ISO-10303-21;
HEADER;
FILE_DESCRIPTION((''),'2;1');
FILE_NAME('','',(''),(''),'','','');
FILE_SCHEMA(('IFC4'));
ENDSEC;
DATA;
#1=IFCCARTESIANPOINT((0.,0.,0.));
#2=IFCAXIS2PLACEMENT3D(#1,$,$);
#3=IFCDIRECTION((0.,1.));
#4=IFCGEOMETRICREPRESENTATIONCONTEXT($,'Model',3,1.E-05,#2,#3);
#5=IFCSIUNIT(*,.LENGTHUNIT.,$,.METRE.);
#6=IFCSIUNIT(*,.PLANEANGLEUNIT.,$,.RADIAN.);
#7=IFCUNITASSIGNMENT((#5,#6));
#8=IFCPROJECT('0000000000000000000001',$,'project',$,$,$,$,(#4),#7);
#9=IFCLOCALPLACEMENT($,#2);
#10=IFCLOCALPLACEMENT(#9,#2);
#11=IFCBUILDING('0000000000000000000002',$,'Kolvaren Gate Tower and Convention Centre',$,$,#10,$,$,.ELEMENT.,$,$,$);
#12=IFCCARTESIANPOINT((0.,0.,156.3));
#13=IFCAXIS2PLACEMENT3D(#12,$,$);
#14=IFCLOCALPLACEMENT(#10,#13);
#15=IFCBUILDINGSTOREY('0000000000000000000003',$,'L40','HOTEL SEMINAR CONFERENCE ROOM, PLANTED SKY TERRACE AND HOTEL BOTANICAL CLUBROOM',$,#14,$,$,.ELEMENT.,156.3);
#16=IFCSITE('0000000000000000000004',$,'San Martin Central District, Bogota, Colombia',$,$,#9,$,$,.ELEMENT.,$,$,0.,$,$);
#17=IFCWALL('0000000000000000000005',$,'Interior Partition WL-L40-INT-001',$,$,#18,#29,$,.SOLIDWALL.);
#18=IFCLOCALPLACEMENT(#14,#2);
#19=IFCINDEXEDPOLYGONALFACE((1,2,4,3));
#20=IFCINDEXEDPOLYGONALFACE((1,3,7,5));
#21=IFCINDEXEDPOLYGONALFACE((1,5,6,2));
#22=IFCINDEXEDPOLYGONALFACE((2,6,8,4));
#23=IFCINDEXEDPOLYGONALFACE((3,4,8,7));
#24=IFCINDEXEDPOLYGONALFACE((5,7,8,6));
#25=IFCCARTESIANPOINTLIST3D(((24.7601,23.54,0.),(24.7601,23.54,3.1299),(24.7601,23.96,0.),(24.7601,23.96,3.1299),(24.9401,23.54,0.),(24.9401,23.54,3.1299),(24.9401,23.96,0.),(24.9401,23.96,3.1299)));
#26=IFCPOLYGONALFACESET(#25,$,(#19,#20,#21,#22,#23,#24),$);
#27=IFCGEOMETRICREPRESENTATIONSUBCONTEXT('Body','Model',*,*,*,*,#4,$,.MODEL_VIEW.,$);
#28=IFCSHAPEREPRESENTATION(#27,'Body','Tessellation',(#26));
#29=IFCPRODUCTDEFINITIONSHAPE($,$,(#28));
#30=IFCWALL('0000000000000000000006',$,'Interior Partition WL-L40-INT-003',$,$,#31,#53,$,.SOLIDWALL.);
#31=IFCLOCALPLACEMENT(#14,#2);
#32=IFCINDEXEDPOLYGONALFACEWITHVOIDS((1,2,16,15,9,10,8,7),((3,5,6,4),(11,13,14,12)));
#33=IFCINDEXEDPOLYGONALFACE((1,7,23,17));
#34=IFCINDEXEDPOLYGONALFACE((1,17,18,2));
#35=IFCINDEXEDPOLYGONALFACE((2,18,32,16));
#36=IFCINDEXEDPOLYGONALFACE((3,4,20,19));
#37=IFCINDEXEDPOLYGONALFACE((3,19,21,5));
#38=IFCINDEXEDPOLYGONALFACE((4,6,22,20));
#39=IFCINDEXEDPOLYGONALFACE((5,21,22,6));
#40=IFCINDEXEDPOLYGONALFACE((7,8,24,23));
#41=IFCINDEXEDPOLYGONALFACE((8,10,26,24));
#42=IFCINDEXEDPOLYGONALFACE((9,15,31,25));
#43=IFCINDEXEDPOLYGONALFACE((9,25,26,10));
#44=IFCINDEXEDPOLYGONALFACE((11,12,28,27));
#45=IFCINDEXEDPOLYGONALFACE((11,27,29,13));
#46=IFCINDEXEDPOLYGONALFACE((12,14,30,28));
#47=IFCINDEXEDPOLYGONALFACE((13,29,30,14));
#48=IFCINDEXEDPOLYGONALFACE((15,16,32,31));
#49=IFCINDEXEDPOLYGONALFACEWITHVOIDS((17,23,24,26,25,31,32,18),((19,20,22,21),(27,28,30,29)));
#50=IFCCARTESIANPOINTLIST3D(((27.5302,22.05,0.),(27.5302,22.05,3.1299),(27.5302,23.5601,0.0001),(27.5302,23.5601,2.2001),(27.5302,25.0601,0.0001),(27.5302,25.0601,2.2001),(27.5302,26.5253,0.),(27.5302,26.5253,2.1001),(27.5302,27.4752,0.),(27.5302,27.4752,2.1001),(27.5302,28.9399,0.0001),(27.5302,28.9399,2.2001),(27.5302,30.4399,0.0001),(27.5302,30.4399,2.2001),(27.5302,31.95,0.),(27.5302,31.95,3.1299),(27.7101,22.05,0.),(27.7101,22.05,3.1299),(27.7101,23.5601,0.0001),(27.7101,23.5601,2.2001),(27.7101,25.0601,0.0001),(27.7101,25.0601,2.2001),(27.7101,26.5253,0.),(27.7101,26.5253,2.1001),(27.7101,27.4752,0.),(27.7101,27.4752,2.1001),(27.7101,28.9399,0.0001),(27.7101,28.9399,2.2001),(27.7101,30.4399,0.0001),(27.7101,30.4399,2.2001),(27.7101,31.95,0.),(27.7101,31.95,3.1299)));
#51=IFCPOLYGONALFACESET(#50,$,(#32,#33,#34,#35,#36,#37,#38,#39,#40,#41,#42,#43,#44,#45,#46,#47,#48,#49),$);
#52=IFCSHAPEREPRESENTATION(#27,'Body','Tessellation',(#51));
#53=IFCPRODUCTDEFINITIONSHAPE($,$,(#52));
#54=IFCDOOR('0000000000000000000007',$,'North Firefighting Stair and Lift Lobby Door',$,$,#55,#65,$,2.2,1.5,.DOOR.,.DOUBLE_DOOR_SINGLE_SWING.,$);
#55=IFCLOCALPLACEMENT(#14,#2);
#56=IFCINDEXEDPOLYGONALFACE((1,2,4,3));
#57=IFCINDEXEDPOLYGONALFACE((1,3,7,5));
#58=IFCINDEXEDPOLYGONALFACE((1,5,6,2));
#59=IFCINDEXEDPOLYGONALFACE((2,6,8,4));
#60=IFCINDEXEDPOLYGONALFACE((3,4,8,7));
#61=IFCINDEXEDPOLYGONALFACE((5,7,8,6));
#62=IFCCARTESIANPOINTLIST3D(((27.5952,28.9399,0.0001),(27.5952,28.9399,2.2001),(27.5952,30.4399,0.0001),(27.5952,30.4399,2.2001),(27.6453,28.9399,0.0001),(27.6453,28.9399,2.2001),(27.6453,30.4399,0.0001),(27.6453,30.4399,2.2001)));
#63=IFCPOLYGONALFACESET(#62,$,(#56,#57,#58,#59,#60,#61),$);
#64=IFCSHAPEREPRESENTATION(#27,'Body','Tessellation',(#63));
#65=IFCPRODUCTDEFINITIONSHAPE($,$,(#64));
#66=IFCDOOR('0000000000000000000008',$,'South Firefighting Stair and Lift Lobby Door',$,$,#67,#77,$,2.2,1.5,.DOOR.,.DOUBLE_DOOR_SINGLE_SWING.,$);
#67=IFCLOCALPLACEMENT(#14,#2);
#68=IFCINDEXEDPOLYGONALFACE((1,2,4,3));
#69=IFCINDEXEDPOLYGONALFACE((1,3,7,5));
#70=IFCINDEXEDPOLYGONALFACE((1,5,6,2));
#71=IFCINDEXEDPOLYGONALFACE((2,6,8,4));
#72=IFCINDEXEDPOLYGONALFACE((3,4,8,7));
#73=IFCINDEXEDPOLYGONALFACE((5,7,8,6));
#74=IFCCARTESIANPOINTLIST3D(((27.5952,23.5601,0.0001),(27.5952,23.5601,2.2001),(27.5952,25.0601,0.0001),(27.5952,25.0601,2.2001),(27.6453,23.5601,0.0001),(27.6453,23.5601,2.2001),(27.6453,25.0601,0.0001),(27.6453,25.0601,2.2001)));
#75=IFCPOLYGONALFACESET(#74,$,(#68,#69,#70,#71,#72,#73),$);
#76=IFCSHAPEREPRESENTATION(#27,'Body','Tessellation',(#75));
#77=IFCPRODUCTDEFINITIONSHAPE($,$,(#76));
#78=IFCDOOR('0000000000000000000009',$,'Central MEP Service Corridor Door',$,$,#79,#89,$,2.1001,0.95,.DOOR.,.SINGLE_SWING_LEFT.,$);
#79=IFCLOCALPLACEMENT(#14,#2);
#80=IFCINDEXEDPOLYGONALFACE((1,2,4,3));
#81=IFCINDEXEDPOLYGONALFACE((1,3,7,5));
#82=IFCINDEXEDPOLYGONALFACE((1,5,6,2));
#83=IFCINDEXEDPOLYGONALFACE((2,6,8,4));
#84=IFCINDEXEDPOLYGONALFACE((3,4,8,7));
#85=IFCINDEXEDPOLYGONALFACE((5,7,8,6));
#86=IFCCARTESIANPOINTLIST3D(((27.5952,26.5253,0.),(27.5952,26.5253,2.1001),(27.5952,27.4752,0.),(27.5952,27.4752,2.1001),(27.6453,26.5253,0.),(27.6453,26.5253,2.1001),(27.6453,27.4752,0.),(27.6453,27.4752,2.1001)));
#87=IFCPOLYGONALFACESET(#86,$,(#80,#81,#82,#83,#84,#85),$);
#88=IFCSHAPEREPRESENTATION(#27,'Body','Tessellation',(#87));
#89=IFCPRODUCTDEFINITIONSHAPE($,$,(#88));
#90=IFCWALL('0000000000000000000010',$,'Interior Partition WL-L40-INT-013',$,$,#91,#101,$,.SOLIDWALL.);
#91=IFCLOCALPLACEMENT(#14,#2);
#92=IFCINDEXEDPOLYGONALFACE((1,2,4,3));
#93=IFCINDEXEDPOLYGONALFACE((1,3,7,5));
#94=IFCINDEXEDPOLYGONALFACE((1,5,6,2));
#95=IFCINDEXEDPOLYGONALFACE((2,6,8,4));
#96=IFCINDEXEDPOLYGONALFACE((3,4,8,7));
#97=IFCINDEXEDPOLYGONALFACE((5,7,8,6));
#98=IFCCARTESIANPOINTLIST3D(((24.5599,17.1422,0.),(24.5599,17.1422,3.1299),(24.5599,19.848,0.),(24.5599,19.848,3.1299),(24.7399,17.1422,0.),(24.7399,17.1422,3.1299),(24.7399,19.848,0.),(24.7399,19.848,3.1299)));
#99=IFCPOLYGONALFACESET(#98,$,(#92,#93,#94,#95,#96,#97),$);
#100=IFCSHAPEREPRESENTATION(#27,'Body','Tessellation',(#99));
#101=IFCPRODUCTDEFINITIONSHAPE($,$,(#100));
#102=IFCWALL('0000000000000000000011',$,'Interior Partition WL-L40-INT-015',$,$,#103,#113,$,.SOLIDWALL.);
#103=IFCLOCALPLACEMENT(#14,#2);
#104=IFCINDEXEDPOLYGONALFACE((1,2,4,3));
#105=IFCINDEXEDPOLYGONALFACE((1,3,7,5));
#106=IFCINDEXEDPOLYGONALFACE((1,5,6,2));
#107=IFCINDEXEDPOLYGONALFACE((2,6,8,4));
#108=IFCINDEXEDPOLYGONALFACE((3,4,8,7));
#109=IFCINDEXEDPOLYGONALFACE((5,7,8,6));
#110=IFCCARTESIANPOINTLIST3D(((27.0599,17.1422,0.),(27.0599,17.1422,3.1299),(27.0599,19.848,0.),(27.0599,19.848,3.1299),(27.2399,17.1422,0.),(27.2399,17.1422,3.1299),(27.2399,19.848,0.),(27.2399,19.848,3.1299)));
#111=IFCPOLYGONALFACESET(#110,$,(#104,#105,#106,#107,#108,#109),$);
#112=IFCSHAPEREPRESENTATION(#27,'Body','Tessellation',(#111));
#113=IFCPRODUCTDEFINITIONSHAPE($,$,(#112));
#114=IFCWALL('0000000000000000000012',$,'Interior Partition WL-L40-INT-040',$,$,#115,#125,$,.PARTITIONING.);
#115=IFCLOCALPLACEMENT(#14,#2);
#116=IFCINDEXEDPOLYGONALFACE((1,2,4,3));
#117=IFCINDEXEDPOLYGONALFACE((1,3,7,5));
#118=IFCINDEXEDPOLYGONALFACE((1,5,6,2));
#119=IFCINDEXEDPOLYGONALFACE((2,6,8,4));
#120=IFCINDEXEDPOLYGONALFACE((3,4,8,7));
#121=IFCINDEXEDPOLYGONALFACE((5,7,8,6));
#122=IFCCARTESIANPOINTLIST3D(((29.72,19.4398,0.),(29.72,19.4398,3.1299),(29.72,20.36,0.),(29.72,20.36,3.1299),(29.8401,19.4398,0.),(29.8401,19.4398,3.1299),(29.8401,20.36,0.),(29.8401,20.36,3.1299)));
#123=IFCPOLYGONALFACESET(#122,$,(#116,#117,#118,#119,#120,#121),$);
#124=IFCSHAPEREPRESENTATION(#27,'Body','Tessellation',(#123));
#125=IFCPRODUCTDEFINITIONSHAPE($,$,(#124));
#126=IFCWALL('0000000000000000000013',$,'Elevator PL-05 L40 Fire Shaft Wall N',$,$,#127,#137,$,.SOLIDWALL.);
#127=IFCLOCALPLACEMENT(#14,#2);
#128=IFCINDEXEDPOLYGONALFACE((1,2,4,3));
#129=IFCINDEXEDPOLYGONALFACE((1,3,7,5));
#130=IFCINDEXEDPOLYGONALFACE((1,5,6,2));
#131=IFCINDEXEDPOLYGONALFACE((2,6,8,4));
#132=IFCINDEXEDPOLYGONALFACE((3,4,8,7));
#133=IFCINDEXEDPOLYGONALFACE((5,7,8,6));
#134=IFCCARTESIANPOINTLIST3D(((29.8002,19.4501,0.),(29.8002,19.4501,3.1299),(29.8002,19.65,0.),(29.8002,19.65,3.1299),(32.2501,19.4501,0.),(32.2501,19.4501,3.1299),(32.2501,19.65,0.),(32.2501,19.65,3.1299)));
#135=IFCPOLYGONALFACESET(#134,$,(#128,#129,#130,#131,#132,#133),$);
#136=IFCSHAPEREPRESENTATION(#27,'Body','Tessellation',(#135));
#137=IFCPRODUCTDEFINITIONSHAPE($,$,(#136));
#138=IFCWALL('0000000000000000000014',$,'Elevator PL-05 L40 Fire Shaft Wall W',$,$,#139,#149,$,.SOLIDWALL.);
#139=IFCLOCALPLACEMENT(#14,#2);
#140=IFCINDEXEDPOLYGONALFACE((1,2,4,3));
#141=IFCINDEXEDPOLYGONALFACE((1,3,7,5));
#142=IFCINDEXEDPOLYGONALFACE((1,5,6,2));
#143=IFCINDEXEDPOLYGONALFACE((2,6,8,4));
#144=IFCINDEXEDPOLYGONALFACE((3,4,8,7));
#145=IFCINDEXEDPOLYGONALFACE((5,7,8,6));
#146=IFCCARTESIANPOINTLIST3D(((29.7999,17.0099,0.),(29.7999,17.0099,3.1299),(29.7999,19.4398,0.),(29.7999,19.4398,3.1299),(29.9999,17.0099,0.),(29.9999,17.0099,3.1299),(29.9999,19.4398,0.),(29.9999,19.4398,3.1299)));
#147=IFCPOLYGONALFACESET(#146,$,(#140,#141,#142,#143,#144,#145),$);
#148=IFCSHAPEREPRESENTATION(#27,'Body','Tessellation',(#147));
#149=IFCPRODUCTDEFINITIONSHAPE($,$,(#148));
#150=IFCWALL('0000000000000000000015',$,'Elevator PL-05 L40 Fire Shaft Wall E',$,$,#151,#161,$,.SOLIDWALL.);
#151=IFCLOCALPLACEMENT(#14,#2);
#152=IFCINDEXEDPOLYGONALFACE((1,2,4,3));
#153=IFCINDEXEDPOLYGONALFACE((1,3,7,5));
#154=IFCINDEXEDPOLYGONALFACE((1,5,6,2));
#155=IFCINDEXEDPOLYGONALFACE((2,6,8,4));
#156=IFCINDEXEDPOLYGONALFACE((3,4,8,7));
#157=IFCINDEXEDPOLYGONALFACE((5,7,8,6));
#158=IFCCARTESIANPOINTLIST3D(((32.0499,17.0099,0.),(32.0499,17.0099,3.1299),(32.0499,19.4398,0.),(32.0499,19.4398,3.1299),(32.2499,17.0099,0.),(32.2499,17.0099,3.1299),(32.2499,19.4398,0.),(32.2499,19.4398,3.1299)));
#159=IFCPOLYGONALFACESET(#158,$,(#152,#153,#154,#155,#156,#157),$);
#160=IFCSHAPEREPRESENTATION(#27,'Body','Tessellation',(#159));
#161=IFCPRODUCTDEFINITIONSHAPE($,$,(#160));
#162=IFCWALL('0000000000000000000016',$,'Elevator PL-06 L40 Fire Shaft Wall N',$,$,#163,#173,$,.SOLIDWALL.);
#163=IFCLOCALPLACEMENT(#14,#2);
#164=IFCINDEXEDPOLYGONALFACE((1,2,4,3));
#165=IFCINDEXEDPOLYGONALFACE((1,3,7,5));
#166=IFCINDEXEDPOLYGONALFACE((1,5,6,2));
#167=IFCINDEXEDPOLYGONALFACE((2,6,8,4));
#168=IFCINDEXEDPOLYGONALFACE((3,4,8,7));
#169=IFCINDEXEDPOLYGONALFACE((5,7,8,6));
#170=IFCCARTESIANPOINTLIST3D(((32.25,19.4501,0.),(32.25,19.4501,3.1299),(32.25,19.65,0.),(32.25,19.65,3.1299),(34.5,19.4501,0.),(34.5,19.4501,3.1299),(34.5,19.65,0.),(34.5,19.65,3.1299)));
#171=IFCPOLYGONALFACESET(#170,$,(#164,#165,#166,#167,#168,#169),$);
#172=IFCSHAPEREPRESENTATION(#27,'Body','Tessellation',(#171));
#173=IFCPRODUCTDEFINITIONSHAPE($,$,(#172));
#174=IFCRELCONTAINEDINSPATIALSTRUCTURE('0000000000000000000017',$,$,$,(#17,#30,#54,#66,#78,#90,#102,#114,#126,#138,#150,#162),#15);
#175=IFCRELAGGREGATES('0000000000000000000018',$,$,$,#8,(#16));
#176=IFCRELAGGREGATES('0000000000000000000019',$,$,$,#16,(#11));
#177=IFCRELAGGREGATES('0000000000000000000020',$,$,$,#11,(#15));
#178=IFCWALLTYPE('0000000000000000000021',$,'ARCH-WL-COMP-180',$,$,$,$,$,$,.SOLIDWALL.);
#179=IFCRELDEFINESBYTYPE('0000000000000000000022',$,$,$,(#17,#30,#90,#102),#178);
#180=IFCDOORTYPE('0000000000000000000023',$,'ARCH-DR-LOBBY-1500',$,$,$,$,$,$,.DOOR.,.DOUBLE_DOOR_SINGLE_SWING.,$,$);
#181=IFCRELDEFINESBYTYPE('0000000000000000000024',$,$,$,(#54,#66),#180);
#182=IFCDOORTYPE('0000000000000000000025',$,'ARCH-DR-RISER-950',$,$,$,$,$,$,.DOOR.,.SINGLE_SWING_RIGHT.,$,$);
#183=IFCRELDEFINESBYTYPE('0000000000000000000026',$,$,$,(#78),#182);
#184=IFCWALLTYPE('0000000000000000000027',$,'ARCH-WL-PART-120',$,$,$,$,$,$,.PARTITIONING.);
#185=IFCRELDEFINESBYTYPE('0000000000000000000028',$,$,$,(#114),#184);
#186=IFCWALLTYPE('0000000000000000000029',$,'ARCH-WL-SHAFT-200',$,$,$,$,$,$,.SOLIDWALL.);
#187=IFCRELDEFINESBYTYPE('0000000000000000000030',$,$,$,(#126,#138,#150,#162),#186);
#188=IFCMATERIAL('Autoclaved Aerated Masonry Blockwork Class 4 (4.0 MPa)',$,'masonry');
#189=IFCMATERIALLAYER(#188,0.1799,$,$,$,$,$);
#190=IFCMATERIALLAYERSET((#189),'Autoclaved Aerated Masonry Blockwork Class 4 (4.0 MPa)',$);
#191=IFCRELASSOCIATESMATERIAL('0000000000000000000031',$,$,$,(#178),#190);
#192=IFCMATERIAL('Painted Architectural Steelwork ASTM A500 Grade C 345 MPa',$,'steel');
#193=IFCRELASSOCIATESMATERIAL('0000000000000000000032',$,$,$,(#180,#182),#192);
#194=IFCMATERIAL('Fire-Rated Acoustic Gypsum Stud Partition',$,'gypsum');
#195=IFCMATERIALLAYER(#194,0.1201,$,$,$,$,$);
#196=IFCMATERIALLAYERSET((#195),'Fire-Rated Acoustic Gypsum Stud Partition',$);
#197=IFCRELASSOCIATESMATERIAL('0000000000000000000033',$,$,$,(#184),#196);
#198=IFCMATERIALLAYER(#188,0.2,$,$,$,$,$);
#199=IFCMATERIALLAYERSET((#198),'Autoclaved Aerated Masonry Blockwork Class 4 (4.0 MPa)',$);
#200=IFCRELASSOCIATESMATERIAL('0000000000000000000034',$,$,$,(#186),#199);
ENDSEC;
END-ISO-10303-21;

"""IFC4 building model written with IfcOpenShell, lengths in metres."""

from ifc_helpers import new_model, si_unit, direction, frame, frame_2d, origin, place, context, subcontext, project, spatial, rectangle, extrude, material, layer, layer_set, type_object, element, fill, save


model = new_model("IFC4")

# Units and contexts
model_context = context("Model", 3, precision=1e-05, world=origin(), true_north=direction((0.0, 1.0)))
body_context = subcontext(model_context, "Body", "Model", "MODEL_VIEW")
ifc_project = project(units=[si_unit("LENGTHUNIT", "METRE"), si_unit("PLANEANGLEUNIT", "RADIAN")], contexts=[model_context])

# Site, building, storey
site_placement = place(None, origin())
site = spatial("IfcSite", under=ifc_project, at=site_placement, Name="San Martin Central District, Bogota, Colombia", CompositionType="ELEMENT", RefElevation=0.0)
building_placement = place(site_placement, origin())
building = spatial("IfcBuilding", under=site, at=building_placement, Name="Kolvaren Gate Tower and Convention Centre", CompositionType="ELEMENT")
storey_placement = place(building_placement, frame((0.0, 0.0, 156.3)))
storey = spatial("IfcBuildingStorey", under=building, at=storey_placement, Name="L40", Description="HOTEL SEMINAR CONFERENCE ROOM, PLANTED SKY TERRACE AND HOTEL BOTANICAL CLUBROOM", CompositionType="ELEMENT", Elevation=156.3)

# Wall
ifc_material_1 = material(Name="Autoclaved Aerated Masonry Blockwork Class 4 (4.0 MPa)", Category="masonry")
ifc_layer_1 = layer(ifc_material_1, 0.1799)
ifc_layer_set_1 = layer_set([ifc_layer_1], Name="Autoclaved Aerated Masonry Blockwork Class 4 (4.0 MPa)")
wall_type_1 = type_object("IfcWallType", Name="ARCH-WL-COMP-180", PredefinedType="SOLIDWALL", material=ifc_layer_set_1)
wall_1_placement = place(storey_placement, frame((24.8501, 23.54, 0.0), z_axis=(0.0, 0.0, 1.0), x_axis=(0.0, 1.0, 0.0)))
element("IfcWall", 1, at=wall_1_placement, inside=storey, type_object=wall_type_1, Name="Interior Partition WL-L40-INT-001", PredefinedType="SOLIDWALL", context=body_context, shape_type="SweptSolid", body=[
    extrude(rectangle(XDim=0.4199, YDim=0.1799, at=frame_2d((0.21, 0.0))), origin(), (0.0, 0.0, 1.0), 3.1299),
])

# Wall, openings, doors
wall_2_placement = place(storey_placement, frame((27.6201, 22.05, 0.0), z_axis=(0.0, 0.0, 1.0), x_axis=(0.0, 1.0, 0.0)))
wall_2 = element("IfcWall", 2, at=wall_2_placement, inside=storey, type_object=wall_type_1, Name="Interior Partition WL-L40-INT-003", PredefinedType="SOLIDWALL", context=body_context, shape_type="SweptSolid", body=[
    extrude(rectangle(XDim=9.8999, YDim=0.1799, at=frame_2d((4.95, 0.0))), origin(), (0.0, 0.0, 1.0), 3.1299),
])
opening_1_placement = place(wall_2_placement, frame((4.4751, 0.0, 0.0)))
opening_1 = element("IfcOpeningElement", 3, at=opening_1_placement, cuts=wall_2, PredefinedType="OPENING", context=body_context, shape_type="SweptSolid", body=[
    extrude(rectangle(XDim=0.95, YDim=2.1001, at=frame_2d((0.4751, 1.05))), frame((0.0, 0.0999, 0.0), z_axis=(0.0, -1.0, 0.0), x_axis=(1.0, 0.0, 0.0)), (0.0, 0.0, 1.0), 0.2),
])
opening_2_placement = place(wall_2_placement, frame((6.8899, 0.0, 0.0)))
opening_2 = element("IfcOpeningElement", 4, at=opening_2_placement, cuts=wall_2, PredefinedType="OPENING", context=body_context, shape_type="SweptSolid", body=[
    extrude(rectangle(XDim=1.5, YDim=2.2, at=frame_2d((0.75, 1.1001))), frame((0.0, 0.0999, 0.0), z_axis=(0.0, -1.0, 0.0), x_axis=(1.0, 0.0, 0.0)), (0.0, 0.0, 1.0), 0.2),
])
opening_3_placement = place(wall_2_placement, frame((1.51, 0.0, 0.0)))
opening_3 = element("IfcOpeningElement", 5, at=opening_3_placement, cuts=wall_2, PredefinedType="OPENING", context=body_context, shape_type="SweptSolid", body=[
    extrude(rectangle(XDim=1.5, YDim=2.2, at=frame_2d((0.75, 1.1001))), frame((0.0, 0.0999, 0.0), z_axis=(0.0, -1.0, 0.0), x_axis=(1.0, 0.0, 0.0)), (0.0, 0.0, 1.0), 0.2),
])
ifc_material_2 = material(Name="Painted Architectural Steelwork ASTM A500 Grade C 345 MPa", Category="steel")
door_type_1 = type_object("IfcDoorType", Name="ARCH-DR-LOBBY-1500", OperationType="DOUBLE_DOOR_SINGLE_SWING", PredefinedType="DOOR", material=ifc_material_2)
door_1_placement = place(opening_2_placement, origin())
door_1 = element("IfcDoor", 6, at=door_1_placement, inside=storey, type_object=door_type_1, Name="North Firefighting Stair and Lift Lobby Door", OperationType="DOUBLE_DOOR_SINGLE_SWING", OverallHeight=2.2, OverallWidth=1.5, PredefinedType="DOOR", context=body_context, shape_type="SweptSolid", body=[
    extrude(rectangle(XDim=1.5, YDim=2.2, at=frame_2d((0.75, 1.1001))), frame((0.0, 0.0249, 0.0), z_axis=(0.0, -1.0, 0.0), x_axis=(1.0, 0.0, 0.0)), (0.0, 0.0, 1.0), 0.05),
])
fill(opening_2, door_1)
door_2_placement = place(opening_3_placement, origin())
door_2 = element("IfcDoor", 7, at=door_2_placement, inside=storey, type_object=door_type_1, Name="South Firefighting Stair and Lift Lobby Door", OperationType="DOUBLE_DOOR_SINGLE_SWING", OverallHeight=2.2, OverallWidth=1.5, PredefinedType="DOOR", context=body_context, shape_type="SweptSolid", body=[
    extrude(rectangle(XDim=1.5, YDim=2.2, at=frame_2d((0.75, 1.1001))), frame((0.0, 0.0249, 0.0), z_axis=(0.0, -1.0, 0.0), x_axis=(1.0, 0.0, 0.0)), (0.0, 0.0, 1.0), 0.05),
])
fill(opening_3, door_2)
door_type_2 = type_object("IfcDoorType", Name="ARCH-DR-RISER-950", OperationType="SINGLE_SWING_RIGHT", PredefinedType="DOOR", material=ifc_material_2)
door_3_placement = place(opening_1_placement, origin())
door_3 = element("IfcDoor", 8, at=door_3_placement, inside=storey, type_object=door_type_2, Name="Central MEP Service Corridor Door", OperationType="SINGLE_SWING_LEFT", OverallHeight=2.1001, OverallWidth=0.95, PredefinedType="DOOR", context=body_context, shape_type="SweptSolid", body=[
    extrude(rectangle(XDim=0.95, YDim=2.1001, at=frame_2d((0.4751, 1.05))), frame((0.0, 0.0249, 0.0), z_axis=(0.0, -1.0, 0.0), x_axis=(1.0, 0.0, 0.0)), (0.0, 0.0, 1.0), 0.05),
])
fill(opening_1, door_3)

# Walls
for number, where, z_axis, x_axis, name in (
    (9, (24.6499, 17.1421, 0.0), (0.0, 0.0, 1.0), (0.0, 1.0, 0.0), "Interior Partition WL-L40-INT-013"),
    (10, (27.1499, 17.1421, 0.0), (0.0, 0.0, 1.0), (0.0, 1.0, 0.0), "Interior Partition WL-L40-INT-015"),
):
    element("IfcWall", number, at=place(storey_placement, frame(where, z_axis=z_axis, x_axis=x_axis)), inside=storey, type_object=wall_type_1, Name=name, PredefinedType="SOLIDWALL", context=body_context, shape_type="SweptSolid", body=[
        extrude(rectangle(XDim=2.7058, YDim=0.1799, at=frame_2d((1.353, 0.0))), origin(), (0.0, 0.0, 1.0), 3.1299),
    ])
ifc_material_3 = material(Name="Fire-Rated Acoustic Gypsum Stud Partition", Category="gypsum")
ifc_layer_2 = layer(ifc_material_3, 0.1201)
ifc_layer_set_2 = layer_set([ifc_layer_2], Name="Fire-Rated Acoustic Gypsum Stud Partition")
wall_type_2 = type_object("IfcWallType", Name="ARCH-WL-PART-120", PredefinedType="PARTITIONING", material=ifc_layer_set_2)
wall_3_placement = place(storey_placement, frame((29.78, 19.4399, 0.0), z_axis=(0.0, 0.0, 1.0), x_axis=(0.0, 1.0, 0.0)))
element("IfcWall", 11, at=wall_3_placement, inside=storey, type_object=wall_type_2, Name="Interior Partition WL-L40-INT-040", PredefinedType="PARTITIONING", context=body_context, shape_type="SweptSolid", body=[
    extrude(rectangle(XDim=0.9202, YDim=0.1201, at=frame_2d((0.46, 0.0))), origin(), (0.0, 0.0, 1.0), 3.1299),
])
ifc_layer_3 = layer(ifc_material_1, 0.2)
ifc_layer_set_3 = layer_set([ifc_layer_3], Name="Autoclaved Aerated Masonry Blockwork Class 4 (4.0 MPa)")
wall_type_3 = type_object("IfcWallType", Name="ARCH-WL-SHAFT-200", PredefinedType="SOLIDWALL", material=ifc_layer_set_3)
wall_4_placement = place(storey_placement, frame((29.8, 19.55, 0.0), z_axis=(0.0, 0.0, 1.0), x_axis=(1.0, 0.0, 0.0)))
element("IfcWall", 12, at=wall_4_placement, inside=storey, type_object=wall_type_3, Name="Elevator PL-05 L40 Fire Shaft Wall N", PredefinedType="SOLIDWALL", context=body_context, shape_type="SweptSolid", body=[
    extrude(rectangle(XDim=2.45, YDim=0.2, at=frame_2d((1.2251, 0.0))), origin(), (0.0, 0.0, 1.0), 3.1299),
])
for number, where, z_axis, x_axis, name in (
    (13, (29.8999, 17.01, 0.0), (0.0, 0.0, 1.0), (0.0, 1.0, 0.0), "Elevator PL-05 L40 Fire Shaft Wall W"),
    (14, (32.1499, 17.01, 0.0), (0.0, 0.0, 1.0), (0.0, 1.0, 0.0), "Elevator PL-05 L40 Fire Shaft Wall E"),
):
    element("IfcWall", number, at=place(storey_placement, frame(where, z_axis=z_axis, x_axis=x_axis)), inside=storey, type_object=wall_type_3, Name=name, PredefinedType="SOLIDWALL", context=body_context, shape_type="SweptSolid", body=[
        extrude(rectangle(XDim=2.4299, YDim=0.2, at=frame_2d((1.2148, 0.0))), origin(), (0.0, 0.0, 1.0), 3.1299),
    ])
wall_5_placement = place(storey_placement, frame((32.25, 19.55, 0.0), z_axis=(0.0, 0.0, 1.0), x_axis=(1.0, 0.0, 0.0)))
element("IfcWall", 15, at=wall_5_placement, inside=storey, type_object=wall_type_3, Name="Elevator PL-06 L40 Fire Shaft Wall N", PredefinedType="SOLIDWALL", context=body_context, shape_type="SweptSolid", body=[
    extrude(rectangle(XDim=2.25, YDim=0.2, at=frame_2d((1.125, 0.0))), origin(), (0.0, 0.0, 1.0), 3.1299),
])

save(model, "model.ifc")
